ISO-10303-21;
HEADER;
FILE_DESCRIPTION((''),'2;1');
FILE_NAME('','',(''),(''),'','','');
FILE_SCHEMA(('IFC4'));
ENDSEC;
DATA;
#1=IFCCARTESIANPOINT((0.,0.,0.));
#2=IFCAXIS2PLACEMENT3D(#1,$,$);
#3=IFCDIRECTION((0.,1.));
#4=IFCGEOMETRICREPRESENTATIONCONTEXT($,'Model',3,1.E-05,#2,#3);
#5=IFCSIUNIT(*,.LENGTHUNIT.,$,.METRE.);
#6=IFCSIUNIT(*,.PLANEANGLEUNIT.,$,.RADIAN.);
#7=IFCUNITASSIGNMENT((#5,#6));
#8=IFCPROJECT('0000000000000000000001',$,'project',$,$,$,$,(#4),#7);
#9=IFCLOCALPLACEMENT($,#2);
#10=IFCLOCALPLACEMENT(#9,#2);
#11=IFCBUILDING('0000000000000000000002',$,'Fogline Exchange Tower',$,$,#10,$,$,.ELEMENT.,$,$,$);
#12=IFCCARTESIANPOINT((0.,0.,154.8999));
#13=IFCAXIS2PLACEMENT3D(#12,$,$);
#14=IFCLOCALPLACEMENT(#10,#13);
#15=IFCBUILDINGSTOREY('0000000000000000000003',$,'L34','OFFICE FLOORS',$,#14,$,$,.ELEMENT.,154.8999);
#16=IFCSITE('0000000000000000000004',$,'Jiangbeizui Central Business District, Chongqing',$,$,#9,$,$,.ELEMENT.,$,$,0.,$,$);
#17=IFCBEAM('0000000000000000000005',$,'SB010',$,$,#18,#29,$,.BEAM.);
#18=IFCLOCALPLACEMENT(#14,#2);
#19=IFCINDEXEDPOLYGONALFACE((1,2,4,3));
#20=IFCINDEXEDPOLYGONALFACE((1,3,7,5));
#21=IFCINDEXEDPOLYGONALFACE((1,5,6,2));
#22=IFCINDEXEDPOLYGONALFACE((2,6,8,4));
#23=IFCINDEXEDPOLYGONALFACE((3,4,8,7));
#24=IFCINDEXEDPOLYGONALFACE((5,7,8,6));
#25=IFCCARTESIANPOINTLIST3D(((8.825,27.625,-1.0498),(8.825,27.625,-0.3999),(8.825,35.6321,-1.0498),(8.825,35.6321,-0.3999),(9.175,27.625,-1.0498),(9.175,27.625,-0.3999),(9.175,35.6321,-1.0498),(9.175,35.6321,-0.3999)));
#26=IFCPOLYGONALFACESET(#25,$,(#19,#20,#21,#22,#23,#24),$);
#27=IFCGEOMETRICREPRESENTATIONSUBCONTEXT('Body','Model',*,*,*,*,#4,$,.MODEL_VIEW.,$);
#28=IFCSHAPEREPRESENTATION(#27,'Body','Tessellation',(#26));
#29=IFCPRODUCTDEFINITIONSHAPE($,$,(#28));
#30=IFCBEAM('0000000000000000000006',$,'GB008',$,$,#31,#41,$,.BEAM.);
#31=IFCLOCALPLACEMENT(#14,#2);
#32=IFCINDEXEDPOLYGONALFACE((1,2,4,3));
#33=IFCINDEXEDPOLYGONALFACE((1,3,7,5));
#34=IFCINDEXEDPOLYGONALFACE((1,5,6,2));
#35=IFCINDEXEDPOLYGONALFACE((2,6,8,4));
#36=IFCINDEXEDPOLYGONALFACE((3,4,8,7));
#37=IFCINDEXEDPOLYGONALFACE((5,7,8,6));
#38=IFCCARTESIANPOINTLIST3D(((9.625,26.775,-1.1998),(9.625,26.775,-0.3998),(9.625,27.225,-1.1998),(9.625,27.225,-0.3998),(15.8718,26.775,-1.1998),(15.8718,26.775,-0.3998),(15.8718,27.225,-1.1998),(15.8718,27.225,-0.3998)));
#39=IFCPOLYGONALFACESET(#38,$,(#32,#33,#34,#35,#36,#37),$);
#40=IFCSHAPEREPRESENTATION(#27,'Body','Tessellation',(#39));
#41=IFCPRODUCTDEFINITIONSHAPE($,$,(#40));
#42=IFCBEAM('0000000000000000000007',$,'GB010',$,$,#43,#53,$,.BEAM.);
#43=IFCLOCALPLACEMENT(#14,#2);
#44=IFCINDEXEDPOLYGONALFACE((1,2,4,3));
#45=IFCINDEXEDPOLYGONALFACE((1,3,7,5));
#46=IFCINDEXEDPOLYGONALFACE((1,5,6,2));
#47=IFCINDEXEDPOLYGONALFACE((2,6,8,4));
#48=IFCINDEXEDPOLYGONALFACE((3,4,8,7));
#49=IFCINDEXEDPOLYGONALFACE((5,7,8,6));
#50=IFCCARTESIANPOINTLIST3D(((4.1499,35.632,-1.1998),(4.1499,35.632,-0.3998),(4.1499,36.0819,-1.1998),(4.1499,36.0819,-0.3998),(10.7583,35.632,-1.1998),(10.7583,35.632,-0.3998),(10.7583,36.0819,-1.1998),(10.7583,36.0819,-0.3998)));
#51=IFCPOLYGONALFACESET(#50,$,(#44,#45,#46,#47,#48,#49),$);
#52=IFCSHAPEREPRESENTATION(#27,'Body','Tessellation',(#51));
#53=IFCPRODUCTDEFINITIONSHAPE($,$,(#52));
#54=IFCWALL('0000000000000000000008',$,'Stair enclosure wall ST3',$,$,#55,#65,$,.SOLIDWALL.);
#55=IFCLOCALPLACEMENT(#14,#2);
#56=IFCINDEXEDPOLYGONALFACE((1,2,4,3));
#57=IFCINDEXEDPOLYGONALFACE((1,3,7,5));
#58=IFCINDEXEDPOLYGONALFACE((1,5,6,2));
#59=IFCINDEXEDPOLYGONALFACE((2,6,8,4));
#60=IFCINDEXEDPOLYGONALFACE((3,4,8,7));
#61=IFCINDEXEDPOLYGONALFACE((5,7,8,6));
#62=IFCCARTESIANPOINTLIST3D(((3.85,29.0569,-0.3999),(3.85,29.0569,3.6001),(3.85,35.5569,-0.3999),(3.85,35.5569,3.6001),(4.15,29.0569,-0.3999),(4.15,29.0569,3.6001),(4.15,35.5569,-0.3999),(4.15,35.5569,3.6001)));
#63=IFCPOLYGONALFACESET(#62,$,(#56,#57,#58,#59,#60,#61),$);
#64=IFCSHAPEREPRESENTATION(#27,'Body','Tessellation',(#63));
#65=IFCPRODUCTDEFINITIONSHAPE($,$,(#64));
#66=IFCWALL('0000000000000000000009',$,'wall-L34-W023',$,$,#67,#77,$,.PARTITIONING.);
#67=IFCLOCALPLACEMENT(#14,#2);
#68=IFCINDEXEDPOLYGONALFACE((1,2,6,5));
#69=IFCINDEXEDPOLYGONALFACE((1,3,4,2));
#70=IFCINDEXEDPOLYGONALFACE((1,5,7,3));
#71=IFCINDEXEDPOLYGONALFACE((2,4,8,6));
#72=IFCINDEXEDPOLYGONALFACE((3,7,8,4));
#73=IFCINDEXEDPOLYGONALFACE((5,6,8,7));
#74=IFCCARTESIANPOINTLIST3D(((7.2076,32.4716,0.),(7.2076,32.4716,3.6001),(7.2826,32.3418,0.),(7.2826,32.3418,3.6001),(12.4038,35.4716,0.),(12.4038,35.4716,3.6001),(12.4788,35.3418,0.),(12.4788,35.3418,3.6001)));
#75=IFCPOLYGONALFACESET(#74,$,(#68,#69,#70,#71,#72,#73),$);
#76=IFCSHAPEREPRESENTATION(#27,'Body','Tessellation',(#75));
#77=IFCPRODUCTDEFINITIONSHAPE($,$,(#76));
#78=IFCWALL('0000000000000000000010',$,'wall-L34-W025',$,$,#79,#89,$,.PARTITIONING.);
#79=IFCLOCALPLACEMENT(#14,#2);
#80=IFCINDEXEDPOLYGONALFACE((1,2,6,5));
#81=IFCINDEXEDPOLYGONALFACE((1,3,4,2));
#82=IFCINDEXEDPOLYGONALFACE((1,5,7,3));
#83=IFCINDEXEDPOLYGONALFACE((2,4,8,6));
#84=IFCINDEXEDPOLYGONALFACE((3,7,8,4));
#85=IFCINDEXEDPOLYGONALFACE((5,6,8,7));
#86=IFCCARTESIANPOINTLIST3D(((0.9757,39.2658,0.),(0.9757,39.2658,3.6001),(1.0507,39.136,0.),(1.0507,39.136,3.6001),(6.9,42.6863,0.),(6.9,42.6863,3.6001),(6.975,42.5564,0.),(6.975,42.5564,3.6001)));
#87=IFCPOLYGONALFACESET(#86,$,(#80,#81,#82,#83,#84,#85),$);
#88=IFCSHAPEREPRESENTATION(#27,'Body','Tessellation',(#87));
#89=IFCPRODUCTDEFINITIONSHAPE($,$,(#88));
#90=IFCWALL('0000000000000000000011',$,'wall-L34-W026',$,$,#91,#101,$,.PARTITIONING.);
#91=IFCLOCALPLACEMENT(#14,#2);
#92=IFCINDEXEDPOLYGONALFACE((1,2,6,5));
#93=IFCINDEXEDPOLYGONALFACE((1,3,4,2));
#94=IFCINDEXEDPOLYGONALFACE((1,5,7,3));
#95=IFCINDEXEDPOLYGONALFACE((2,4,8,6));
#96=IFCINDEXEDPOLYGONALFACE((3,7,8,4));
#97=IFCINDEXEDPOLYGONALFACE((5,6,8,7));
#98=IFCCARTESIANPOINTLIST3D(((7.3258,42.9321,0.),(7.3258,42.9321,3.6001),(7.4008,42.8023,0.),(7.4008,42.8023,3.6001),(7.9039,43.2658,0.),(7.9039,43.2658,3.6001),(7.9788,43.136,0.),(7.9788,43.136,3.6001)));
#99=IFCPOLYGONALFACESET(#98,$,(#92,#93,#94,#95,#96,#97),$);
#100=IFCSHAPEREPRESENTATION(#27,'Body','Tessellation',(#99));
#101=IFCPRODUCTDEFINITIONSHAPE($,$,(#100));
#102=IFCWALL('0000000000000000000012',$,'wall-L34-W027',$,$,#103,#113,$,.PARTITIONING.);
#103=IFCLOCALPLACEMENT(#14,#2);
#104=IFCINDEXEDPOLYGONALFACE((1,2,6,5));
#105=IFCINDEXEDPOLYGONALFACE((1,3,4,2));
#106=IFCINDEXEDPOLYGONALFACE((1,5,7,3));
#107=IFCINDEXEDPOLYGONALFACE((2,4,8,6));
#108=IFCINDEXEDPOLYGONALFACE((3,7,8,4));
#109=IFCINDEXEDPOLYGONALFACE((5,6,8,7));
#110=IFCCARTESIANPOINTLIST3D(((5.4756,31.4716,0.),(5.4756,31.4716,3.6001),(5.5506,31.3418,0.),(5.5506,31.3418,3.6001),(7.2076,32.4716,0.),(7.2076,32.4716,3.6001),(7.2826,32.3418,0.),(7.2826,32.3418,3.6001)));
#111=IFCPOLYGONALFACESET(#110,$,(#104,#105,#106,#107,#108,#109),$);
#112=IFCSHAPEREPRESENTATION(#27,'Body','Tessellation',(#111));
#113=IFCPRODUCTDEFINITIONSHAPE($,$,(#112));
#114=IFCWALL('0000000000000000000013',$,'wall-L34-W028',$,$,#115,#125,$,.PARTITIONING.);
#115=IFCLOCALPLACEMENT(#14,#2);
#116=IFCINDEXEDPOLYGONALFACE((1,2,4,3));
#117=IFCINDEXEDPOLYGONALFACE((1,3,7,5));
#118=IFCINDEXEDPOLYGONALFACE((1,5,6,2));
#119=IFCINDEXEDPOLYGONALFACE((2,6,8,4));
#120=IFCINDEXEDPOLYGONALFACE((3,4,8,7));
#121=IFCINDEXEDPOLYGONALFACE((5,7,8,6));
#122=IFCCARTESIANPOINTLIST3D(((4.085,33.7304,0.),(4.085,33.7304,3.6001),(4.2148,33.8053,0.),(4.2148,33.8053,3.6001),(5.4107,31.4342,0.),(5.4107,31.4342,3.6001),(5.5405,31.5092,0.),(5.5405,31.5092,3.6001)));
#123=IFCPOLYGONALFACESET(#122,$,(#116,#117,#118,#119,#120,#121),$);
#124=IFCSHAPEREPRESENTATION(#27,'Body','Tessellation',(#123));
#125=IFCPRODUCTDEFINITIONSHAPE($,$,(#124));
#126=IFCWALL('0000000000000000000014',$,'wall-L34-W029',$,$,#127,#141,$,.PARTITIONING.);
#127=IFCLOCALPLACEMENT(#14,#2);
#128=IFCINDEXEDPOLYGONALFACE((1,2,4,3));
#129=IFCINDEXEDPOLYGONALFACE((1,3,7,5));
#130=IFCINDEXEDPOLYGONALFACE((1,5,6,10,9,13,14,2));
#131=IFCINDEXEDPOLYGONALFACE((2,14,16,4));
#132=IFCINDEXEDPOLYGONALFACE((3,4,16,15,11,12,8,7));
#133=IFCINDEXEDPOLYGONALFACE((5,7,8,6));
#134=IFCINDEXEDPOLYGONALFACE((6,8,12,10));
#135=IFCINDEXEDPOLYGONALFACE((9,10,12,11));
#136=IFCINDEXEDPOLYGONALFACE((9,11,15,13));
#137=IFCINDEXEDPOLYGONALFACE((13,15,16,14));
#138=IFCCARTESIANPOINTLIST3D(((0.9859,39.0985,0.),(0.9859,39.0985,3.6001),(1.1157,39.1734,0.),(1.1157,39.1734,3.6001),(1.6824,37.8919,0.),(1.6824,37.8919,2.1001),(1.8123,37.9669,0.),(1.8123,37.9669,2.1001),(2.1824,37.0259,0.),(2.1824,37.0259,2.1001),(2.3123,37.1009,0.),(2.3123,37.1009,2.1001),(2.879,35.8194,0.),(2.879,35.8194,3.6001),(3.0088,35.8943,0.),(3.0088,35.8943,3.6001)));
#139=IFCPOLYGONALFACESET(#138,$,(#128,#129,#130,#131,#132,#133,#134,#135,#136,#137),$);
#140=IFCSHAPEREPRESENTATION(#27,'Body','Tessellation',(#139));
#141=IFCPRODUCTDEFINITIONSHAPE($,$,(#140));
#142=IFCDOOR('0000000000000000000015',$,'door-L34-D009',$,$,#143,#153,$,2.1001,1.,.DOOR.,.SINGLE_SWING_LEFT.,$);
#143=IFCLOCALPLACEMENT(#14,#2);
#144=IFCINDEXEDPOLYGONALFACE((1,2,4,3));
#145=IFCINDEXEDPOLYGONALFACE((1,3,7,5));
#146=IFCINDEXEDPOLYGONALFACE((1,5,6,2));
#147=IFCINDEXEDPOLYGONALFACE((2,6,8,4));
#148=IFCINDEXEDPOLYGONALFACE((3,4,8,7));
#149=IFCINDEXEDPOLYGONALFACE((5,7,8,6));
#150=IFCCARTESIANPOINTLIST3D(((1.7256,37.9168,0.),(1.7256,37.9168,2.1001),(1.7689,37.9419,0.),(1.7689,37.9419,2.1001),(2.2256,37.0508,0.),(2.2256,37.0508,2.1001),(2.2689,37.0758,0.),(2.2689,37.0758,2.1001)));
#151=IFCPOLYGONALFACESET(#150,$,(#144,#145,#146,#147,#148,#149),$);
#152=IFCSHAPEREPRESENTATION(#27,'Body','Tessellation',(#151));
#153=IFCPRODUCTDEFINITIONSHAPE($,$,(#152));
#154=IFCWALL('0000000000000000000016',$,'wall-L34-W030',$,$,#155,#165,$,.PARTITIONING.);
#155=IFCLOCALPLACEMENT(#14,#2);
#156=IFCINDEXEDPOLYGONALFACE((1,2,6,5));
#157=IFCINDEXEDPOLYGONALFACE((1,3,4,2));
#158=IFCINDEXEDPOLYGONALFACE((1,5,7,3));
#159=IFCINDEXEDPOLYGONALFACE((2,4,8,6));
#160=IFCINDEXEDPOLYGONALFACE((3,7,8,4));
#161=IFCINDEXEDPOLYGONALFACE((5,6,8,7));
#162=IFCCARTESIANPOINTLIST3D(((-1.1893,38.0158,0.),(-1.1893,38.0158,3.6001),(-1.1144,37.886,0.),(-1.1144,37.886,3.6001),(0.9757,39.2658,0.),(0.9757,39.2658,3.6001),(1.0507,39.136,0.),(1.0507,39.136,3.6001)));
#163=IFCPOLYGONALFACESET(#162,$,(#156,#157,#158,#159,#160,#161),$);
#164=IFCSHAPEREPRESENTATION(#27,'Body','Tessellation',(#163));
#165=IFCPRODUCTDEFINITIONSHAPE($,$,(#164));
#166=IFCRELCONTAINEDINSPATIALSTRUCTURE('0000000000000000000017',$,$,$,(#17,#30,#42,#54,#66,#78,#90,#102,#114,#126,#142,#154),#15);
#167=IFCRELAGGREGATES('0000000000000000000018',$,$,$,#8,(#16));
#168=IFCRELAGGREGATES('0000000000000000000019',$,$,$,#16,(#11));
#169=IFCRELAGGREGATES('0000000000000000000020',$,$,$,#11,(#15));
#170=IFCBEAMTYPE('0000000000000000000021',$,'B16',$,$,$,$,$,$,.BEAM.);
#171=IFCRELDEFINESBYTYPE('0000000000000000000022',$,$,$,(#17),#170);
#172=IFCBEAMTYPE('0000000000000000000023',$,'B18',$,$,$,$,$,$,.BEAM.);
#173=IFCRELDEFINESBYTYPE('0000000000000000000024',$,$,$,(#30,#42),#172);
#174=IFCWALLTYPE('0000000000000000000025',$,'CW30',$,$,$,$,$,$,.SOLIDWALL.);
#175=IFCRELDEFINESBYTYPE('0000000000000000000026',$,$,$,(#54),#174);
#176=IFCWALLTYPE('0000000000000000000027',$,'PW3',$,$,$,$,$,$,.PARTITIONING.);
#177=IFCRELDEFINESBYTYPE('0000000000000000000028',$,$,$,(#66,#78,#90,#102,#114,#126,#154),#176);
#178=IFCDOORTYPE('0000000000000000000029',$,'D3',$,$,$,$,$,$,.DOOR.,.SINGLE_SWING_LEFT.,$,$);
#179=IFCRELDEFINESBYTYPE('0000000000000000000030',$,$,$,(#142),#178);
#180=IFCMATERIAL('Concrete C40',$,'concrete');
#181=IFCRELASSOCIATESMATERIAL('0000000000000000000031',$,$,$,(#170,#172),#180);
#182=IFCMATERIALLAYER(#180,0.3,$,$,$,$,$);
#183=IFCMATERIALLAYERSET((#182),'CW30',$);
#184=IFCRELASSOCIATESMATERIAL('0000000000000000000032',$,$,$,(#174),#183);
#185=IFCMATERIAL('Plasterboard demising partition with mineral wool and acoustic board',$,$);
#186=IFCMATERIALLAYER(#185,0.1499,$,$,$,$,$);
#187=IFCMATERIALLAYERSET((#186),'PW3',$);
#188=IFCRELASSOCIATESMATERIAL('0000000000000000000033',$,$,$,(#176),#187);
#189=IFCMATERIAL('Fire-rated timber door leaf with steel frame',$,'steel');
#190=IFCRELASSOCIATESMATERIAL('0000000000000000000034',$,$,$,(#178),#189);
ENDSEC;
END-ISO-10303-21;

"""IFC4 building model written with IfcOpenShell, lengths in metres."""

from ifc_helpers import new_model, si_unit, direction, frame, frame_2d, origin, origin_2d, place, context, subcontext, project, spatial, rectangle, extrude, material, layer, layer_set, material_profile, profile_set, type_object, element, fill, save


model = new_model("IFC4")

# Units and contexts
model_context = context("Model", 3, precision=1e-05, world=origin(), true_north=direction((0.0, 1.0)))
body_context = subcontext(model_context, "Body", "Model", "MODEL_VIEW")
ifc_project = project(units=[si_unit("LENGTHUNIT", "METRE"), si_unit("PLANEANGLEUNIT", "RADIAN")], contexts=[model_context])

# Site, building, storey
site_placement = place(None, origin())
site = spatial("IfcSite", under=ifc_project, at=site_placement, Name="Jiangbeizui Central Business District, Chongqing", CompositionType="ELEMENT", RefElevation=0.0)
building_placement = place(site_placement, origin())
building = spatial("IfcBuilding", under=site, at=building_placement, Name="Fogline Exchange Tower", CompositionType="ELEMENT")
storey_placement = place(building_placement, frame((0.0, 0.0, 154.8999)))
storey = spatial("IfcBuildingStorey", under=building, at=storey_placement, Name="L34", Description="OFFICE FLOORS", CompositionType="ELEMENT", Elevation=154.8999)

# Beams
ifc_material_1 = material(Name="Concrete C40", Category="concrete")
ifc_material_profile_1 = material_profile(ifc_material_1, rectangle(XDim=0.3501, YDim=0.6499, at=origin_2d()), Name="RC 350x650")
ifc_profile_set_1 = profile_set([ifc_material_profile_1], Name="Concrete C40")
beam_type_1 = type_object("IfcBeamType", Name="B16", PredefinedType="BEAM", material=ifc_profile_set_1)
beam_1_placement = place(storey_placement, frame((9.0, 27.625, -0.7249), z_axis=(0.0, 1.0, 0.0), x_axis=(-1.0, 0.0, 0.0)))
element("IfcBeam", 1, at=beam_1_placement, inside=storey, type_object=beam_type_1, Name="SB010", PredefinedType="BEAM", context=body_context, shape_type="SweptSolid", body=[
    extrude(rectangle(XDim=0.3501, YDim=0.6499, at=origin_2d()), origin(), (0.0, 0.0, 1.0), 8.0071),
])
ifc_material_profile_2 = material_profile(ifc_material_1, rectangle(XDim=0.45, YDim=0.8, at=origin_2d()), Name="RC 450x800")
ifc_profile_set_2 = profile_set([ifc_material_profile_2], Name="Concrete C40")
beam_type_2 = type_object("IfcBeamType", Name="B18", PredefinedType="BEAM", material=ifc_profile_set_2)
beam_2_placement = place(storey_placement, frame((9.625, 27.0, -0.7998), z_axis=(1.0, 0.0, 0.0), x_axis=(0.0, 1.0, 0.0)))
element("IfcBeam", 2, at=beam_2_placement, inside=storey, type_object=beam_type_2, Name="GB008", PredefinedType="BEAM", context=body_context, shape_type="SweptSolid", body=[
    extrude(rectangle(XDim=0.45, YDim=0.8, at=origin_2d()), origin(), (0.0, 0.0, 1.0), 6.2468),
])
beam_3_placement = place(storey_placement, frame((4.1499, 35.8569, -0.7998), z_axis=(1.0, 0.0, 0.0), x_axis=(0.0, 1.0, 0.0)))
element("IfcBeam", 3, at=beam_3_placement, inside=storey, type_object=beam_type_2, Name="GB010", PredefinedType="BEAM", context=body_context, shape_type="SweptSolid", body=[
    extrude(rectangle(XDim=0.45, YDim=0.8, at=origin_2d()), origin(), (0.0, 0.0, 1.0), 6.6084),
])

# Wall
ifc_layer_1 = layer(ifc_material_1, 0.3)
ifc_layer_set_1 = layer_set([ifc_layer_1], Name="CW30")
wall_type_1 = type_object("IfcWallType", Name="CW30", PredefinedType="SOLIDWALL", material=ifc_layer_set_1)
wall_1_placement = place(storey_placement, frame((4.0, 29.0569, -0.3999), z_axis=(0.0, 0.0, 1.0), x_axis=(0.0, 1.0, 0.0)))
element("IfcWall", 4, at=wall_1_placement, inside=storey, type_object=wall_type_1, Name="Stair enclosure wall ST3", PredefinedType="SOLIDWALL", context=body_context, shape_type="SweptSolid", body=[
    extrude(rectangle(XDim=6.5, YDim=0.3, at=frame_2d((3.25, 0.0))), origin(), (0.0, 0.0, 1.0), 4.0),
])

# Walls
ifc_material_2 = material(Name="Plasterboard demising partition with mineral wool and acoustic board")
ifc_layer_2 = layer(ifc_material_2, 0.1499)
ifc_layer_set_2 = layer_set([ifc_layer_2], Name="PW3")
wall_type_2 = type_object("IfcWallType", Name="PW3", PredefinedType="PARTITIONING", material=ifc_layer_set_2)
wall_2_placement = place(storey_placement, frame((7.2451, 32.4067, 0.0), z_axis=(0.0, 0.0, 1.0), x_axis=(0.866031, 0.49999, 0.0)))
element("IfcWall", 5, at=wall_2_placement, inside=storey, type_object=wall_type_2, Name="wall-L34-W023", PredefinedType="PARTITIONING", context=body_context, shape_type="SweptSolid", body=[
    extrude(rectangle(XDim=6.0, YDim=0.1499, at=frame_2d((3.0, 0.0))), origin(), (0.0, 0.0, 1.0), 3.6001),
])
wall_3_placement = place(storey_placement, frame((1.0132, 39.2009, 0.0), z_axis=(0.0, 0.0, 1.0), x_axis=(0.866025, 0.5, 0.0)))
element("IfcWall", 6, at=wall_3_placement, inside=storey, type_object=wall_type_2, Name="wall-L34-W025", PredefinedType="PARTITIONING", context=body_context, shape_type="SweptSolid", body=[
    extrude(rectangle(XDim=6.8408, YDim=0.1499, at=frame_2d((3.4204, 0.0))), origin(), (0.0, 0.0, 1.0), 3.6001),
])
wall_4_placement = place(storey_placement, frame((7.3633, 42.8672, 0.0), z_axis=(0.0, 0.0, 1.0), x_axis=(0.866052, 0.499955, 0.0)))
element("IfcWall", 7, at=wall_4_placement, inside=storey, type_object=wall_type_2, Name="wall-L34-W026", PredefinedType="PARTITIONING", context=body_context, shape_type="SweptSolid", body=[
    extrude(rectangle(XDim=0.6675, YDim=0.1499, at=frame_2d((0.3337, 0.0))), origin(), (0.0, 0.0, 1.0), 3.6001),
])
wall_5_placement = place(storey_placement, frame((7.2451, 32.4067, 0.0), z_axis=(0.0, 0.0, 1.0), x_axis=(-0.866011, -0.500025, 0.0)))
element("IfcWall", 8, at=wall_5_placement, inside=storey, type_object=wall_type_2, Name="wall-L34-W027", PredefinedType="PARTITIONING", context=body_context, shape_type="SweptSolid", body=[
    extrude(rectangle(XDim=2.0, YDim=0.1499, at=frame_2d((1.0, 0.0))), origin(), (0.0, 0.0, 1.0), 3.6001),
])
wall_6_placement = place(storey_placement, frame((5.4756, 31.4717, 0.0), z_axis=(0.0, 0.0, 1.0), x_axis=(-0.500001, 0.866025, 0.0)))
element("IfcWall", 9, at=wall_6_placement, inside=storey, type_object=wall_type_2, Name="wall-L34-W028", PredefinedType="PARTITIONING", context=body_context, shape_type="SweptSolid", body=[
    extrude(rectangle(XDim=2.6514, YDim=0.1499, at=frame_2d((1.3257, 0.0))), origin(), (0.0, 0.0, 1.0), 3.6001),
])

# Wall, opening, door
wall_7_placement = place(storey_placement, frame((2.9438, 35.8569, 0.0), z_axis=(0.0, 0.0, 1.0), x_axis=(-0.499981, 0.866036, 0.0)))
wall_7 = element("IfcWall", 10, at=wall_7_placement, inside=storey, type_object=wall_type_2, Name="wall-L34-W029", PredefinedType="PARTITIONING", context=body_context, shape_type="SweptSolid", body=[
    extrude(rectangle(XDim=3.7864, YDim=0.1499, at=frame_2d((1.8931, 0.0))), origin(), (0.0, 0.0, 1.0), 3.6001),
])
opening_1_placement = place(wall_7_placement, frame((1.3931, 0.0, 0.0)))
opening_1 = element("IfcOpeningElement", 11, at=opening_1_placement, cuts=wall_7, PredefinedType="OPENING", context=body_context, shape_type="SweptSolid", body=[
    extrude(rectangle(XDim=1.0, YDim=2.1001, at=frame_2d((0.5, 1.05))), frame((0.0, 0.085, 0.0), z_axis=(0.0, -1.0, 0.0), x_axis=(1.0, 0.0, 0.0)), (0.0, 0.0, 1.0), 0.1699),
])
ifc_material_3 = material(Name="Fire-rated timber door leaf with steel frame", Category="steel")
door_type_1 = type_object("IfcDoorType", Name="D3", OperationType="SINGLE_SWING_LEFT", PredefinedType="DOOR", material=ifc_material_3)
door_1_placement = place(opening_1_placement, frame((1.0, 0.0, 0.0), z_axis=(0.0, 0.0, 1.0), x_axis=(-1.0, 0.0, 0.0)))
door_1 = element("IfcDoor", 12, at=door_1_placement, inside=storey, type_object=door_type_1, Name="door-L34-D009", OperationType="SINGLE_SWING_LEFT", OverallHeight=2.1001, OverallWidth=1.0, PredefinedType="DOOR", context=body_context, shape_type="SweptSolid", body=[
    extrude(rectangle(XDim=1.0, YDim=2.1001, at=frame_2d((0.5, 1.05))), frame((0.0, 0.0249, 0.0), z_axis=(0.0, -1.0, 0.0), x_axis=(1.0, 0.0, 0.0)), (0.0, 0.0, 1.0), 0.05),
])
fill(opening_1, door_1)

# Wall
wall_8_placement = place(storey_placement, frame((1.0132, 39.2009, 0.0), z_axis=(0.0, 0.0, 1.0), x_axis=(-0.866023, -0.500004, 0.0)))
element("IfcWall", 13, at=wall_8_placement, inside=storey, type_object=wall_type_2, Name="wall-L34-W030", PredefinedType="PARTITIONING", context=body_context, shape_type="SweptSolid", body=[
    extrude(rectangle(XDim=2.5, YDim=0.1499, at=frame_2d((1.25, 0.0))), origin(), (0.0, 0.0, 1.0), 3.6001),
])

save(model, "model.ifc")
